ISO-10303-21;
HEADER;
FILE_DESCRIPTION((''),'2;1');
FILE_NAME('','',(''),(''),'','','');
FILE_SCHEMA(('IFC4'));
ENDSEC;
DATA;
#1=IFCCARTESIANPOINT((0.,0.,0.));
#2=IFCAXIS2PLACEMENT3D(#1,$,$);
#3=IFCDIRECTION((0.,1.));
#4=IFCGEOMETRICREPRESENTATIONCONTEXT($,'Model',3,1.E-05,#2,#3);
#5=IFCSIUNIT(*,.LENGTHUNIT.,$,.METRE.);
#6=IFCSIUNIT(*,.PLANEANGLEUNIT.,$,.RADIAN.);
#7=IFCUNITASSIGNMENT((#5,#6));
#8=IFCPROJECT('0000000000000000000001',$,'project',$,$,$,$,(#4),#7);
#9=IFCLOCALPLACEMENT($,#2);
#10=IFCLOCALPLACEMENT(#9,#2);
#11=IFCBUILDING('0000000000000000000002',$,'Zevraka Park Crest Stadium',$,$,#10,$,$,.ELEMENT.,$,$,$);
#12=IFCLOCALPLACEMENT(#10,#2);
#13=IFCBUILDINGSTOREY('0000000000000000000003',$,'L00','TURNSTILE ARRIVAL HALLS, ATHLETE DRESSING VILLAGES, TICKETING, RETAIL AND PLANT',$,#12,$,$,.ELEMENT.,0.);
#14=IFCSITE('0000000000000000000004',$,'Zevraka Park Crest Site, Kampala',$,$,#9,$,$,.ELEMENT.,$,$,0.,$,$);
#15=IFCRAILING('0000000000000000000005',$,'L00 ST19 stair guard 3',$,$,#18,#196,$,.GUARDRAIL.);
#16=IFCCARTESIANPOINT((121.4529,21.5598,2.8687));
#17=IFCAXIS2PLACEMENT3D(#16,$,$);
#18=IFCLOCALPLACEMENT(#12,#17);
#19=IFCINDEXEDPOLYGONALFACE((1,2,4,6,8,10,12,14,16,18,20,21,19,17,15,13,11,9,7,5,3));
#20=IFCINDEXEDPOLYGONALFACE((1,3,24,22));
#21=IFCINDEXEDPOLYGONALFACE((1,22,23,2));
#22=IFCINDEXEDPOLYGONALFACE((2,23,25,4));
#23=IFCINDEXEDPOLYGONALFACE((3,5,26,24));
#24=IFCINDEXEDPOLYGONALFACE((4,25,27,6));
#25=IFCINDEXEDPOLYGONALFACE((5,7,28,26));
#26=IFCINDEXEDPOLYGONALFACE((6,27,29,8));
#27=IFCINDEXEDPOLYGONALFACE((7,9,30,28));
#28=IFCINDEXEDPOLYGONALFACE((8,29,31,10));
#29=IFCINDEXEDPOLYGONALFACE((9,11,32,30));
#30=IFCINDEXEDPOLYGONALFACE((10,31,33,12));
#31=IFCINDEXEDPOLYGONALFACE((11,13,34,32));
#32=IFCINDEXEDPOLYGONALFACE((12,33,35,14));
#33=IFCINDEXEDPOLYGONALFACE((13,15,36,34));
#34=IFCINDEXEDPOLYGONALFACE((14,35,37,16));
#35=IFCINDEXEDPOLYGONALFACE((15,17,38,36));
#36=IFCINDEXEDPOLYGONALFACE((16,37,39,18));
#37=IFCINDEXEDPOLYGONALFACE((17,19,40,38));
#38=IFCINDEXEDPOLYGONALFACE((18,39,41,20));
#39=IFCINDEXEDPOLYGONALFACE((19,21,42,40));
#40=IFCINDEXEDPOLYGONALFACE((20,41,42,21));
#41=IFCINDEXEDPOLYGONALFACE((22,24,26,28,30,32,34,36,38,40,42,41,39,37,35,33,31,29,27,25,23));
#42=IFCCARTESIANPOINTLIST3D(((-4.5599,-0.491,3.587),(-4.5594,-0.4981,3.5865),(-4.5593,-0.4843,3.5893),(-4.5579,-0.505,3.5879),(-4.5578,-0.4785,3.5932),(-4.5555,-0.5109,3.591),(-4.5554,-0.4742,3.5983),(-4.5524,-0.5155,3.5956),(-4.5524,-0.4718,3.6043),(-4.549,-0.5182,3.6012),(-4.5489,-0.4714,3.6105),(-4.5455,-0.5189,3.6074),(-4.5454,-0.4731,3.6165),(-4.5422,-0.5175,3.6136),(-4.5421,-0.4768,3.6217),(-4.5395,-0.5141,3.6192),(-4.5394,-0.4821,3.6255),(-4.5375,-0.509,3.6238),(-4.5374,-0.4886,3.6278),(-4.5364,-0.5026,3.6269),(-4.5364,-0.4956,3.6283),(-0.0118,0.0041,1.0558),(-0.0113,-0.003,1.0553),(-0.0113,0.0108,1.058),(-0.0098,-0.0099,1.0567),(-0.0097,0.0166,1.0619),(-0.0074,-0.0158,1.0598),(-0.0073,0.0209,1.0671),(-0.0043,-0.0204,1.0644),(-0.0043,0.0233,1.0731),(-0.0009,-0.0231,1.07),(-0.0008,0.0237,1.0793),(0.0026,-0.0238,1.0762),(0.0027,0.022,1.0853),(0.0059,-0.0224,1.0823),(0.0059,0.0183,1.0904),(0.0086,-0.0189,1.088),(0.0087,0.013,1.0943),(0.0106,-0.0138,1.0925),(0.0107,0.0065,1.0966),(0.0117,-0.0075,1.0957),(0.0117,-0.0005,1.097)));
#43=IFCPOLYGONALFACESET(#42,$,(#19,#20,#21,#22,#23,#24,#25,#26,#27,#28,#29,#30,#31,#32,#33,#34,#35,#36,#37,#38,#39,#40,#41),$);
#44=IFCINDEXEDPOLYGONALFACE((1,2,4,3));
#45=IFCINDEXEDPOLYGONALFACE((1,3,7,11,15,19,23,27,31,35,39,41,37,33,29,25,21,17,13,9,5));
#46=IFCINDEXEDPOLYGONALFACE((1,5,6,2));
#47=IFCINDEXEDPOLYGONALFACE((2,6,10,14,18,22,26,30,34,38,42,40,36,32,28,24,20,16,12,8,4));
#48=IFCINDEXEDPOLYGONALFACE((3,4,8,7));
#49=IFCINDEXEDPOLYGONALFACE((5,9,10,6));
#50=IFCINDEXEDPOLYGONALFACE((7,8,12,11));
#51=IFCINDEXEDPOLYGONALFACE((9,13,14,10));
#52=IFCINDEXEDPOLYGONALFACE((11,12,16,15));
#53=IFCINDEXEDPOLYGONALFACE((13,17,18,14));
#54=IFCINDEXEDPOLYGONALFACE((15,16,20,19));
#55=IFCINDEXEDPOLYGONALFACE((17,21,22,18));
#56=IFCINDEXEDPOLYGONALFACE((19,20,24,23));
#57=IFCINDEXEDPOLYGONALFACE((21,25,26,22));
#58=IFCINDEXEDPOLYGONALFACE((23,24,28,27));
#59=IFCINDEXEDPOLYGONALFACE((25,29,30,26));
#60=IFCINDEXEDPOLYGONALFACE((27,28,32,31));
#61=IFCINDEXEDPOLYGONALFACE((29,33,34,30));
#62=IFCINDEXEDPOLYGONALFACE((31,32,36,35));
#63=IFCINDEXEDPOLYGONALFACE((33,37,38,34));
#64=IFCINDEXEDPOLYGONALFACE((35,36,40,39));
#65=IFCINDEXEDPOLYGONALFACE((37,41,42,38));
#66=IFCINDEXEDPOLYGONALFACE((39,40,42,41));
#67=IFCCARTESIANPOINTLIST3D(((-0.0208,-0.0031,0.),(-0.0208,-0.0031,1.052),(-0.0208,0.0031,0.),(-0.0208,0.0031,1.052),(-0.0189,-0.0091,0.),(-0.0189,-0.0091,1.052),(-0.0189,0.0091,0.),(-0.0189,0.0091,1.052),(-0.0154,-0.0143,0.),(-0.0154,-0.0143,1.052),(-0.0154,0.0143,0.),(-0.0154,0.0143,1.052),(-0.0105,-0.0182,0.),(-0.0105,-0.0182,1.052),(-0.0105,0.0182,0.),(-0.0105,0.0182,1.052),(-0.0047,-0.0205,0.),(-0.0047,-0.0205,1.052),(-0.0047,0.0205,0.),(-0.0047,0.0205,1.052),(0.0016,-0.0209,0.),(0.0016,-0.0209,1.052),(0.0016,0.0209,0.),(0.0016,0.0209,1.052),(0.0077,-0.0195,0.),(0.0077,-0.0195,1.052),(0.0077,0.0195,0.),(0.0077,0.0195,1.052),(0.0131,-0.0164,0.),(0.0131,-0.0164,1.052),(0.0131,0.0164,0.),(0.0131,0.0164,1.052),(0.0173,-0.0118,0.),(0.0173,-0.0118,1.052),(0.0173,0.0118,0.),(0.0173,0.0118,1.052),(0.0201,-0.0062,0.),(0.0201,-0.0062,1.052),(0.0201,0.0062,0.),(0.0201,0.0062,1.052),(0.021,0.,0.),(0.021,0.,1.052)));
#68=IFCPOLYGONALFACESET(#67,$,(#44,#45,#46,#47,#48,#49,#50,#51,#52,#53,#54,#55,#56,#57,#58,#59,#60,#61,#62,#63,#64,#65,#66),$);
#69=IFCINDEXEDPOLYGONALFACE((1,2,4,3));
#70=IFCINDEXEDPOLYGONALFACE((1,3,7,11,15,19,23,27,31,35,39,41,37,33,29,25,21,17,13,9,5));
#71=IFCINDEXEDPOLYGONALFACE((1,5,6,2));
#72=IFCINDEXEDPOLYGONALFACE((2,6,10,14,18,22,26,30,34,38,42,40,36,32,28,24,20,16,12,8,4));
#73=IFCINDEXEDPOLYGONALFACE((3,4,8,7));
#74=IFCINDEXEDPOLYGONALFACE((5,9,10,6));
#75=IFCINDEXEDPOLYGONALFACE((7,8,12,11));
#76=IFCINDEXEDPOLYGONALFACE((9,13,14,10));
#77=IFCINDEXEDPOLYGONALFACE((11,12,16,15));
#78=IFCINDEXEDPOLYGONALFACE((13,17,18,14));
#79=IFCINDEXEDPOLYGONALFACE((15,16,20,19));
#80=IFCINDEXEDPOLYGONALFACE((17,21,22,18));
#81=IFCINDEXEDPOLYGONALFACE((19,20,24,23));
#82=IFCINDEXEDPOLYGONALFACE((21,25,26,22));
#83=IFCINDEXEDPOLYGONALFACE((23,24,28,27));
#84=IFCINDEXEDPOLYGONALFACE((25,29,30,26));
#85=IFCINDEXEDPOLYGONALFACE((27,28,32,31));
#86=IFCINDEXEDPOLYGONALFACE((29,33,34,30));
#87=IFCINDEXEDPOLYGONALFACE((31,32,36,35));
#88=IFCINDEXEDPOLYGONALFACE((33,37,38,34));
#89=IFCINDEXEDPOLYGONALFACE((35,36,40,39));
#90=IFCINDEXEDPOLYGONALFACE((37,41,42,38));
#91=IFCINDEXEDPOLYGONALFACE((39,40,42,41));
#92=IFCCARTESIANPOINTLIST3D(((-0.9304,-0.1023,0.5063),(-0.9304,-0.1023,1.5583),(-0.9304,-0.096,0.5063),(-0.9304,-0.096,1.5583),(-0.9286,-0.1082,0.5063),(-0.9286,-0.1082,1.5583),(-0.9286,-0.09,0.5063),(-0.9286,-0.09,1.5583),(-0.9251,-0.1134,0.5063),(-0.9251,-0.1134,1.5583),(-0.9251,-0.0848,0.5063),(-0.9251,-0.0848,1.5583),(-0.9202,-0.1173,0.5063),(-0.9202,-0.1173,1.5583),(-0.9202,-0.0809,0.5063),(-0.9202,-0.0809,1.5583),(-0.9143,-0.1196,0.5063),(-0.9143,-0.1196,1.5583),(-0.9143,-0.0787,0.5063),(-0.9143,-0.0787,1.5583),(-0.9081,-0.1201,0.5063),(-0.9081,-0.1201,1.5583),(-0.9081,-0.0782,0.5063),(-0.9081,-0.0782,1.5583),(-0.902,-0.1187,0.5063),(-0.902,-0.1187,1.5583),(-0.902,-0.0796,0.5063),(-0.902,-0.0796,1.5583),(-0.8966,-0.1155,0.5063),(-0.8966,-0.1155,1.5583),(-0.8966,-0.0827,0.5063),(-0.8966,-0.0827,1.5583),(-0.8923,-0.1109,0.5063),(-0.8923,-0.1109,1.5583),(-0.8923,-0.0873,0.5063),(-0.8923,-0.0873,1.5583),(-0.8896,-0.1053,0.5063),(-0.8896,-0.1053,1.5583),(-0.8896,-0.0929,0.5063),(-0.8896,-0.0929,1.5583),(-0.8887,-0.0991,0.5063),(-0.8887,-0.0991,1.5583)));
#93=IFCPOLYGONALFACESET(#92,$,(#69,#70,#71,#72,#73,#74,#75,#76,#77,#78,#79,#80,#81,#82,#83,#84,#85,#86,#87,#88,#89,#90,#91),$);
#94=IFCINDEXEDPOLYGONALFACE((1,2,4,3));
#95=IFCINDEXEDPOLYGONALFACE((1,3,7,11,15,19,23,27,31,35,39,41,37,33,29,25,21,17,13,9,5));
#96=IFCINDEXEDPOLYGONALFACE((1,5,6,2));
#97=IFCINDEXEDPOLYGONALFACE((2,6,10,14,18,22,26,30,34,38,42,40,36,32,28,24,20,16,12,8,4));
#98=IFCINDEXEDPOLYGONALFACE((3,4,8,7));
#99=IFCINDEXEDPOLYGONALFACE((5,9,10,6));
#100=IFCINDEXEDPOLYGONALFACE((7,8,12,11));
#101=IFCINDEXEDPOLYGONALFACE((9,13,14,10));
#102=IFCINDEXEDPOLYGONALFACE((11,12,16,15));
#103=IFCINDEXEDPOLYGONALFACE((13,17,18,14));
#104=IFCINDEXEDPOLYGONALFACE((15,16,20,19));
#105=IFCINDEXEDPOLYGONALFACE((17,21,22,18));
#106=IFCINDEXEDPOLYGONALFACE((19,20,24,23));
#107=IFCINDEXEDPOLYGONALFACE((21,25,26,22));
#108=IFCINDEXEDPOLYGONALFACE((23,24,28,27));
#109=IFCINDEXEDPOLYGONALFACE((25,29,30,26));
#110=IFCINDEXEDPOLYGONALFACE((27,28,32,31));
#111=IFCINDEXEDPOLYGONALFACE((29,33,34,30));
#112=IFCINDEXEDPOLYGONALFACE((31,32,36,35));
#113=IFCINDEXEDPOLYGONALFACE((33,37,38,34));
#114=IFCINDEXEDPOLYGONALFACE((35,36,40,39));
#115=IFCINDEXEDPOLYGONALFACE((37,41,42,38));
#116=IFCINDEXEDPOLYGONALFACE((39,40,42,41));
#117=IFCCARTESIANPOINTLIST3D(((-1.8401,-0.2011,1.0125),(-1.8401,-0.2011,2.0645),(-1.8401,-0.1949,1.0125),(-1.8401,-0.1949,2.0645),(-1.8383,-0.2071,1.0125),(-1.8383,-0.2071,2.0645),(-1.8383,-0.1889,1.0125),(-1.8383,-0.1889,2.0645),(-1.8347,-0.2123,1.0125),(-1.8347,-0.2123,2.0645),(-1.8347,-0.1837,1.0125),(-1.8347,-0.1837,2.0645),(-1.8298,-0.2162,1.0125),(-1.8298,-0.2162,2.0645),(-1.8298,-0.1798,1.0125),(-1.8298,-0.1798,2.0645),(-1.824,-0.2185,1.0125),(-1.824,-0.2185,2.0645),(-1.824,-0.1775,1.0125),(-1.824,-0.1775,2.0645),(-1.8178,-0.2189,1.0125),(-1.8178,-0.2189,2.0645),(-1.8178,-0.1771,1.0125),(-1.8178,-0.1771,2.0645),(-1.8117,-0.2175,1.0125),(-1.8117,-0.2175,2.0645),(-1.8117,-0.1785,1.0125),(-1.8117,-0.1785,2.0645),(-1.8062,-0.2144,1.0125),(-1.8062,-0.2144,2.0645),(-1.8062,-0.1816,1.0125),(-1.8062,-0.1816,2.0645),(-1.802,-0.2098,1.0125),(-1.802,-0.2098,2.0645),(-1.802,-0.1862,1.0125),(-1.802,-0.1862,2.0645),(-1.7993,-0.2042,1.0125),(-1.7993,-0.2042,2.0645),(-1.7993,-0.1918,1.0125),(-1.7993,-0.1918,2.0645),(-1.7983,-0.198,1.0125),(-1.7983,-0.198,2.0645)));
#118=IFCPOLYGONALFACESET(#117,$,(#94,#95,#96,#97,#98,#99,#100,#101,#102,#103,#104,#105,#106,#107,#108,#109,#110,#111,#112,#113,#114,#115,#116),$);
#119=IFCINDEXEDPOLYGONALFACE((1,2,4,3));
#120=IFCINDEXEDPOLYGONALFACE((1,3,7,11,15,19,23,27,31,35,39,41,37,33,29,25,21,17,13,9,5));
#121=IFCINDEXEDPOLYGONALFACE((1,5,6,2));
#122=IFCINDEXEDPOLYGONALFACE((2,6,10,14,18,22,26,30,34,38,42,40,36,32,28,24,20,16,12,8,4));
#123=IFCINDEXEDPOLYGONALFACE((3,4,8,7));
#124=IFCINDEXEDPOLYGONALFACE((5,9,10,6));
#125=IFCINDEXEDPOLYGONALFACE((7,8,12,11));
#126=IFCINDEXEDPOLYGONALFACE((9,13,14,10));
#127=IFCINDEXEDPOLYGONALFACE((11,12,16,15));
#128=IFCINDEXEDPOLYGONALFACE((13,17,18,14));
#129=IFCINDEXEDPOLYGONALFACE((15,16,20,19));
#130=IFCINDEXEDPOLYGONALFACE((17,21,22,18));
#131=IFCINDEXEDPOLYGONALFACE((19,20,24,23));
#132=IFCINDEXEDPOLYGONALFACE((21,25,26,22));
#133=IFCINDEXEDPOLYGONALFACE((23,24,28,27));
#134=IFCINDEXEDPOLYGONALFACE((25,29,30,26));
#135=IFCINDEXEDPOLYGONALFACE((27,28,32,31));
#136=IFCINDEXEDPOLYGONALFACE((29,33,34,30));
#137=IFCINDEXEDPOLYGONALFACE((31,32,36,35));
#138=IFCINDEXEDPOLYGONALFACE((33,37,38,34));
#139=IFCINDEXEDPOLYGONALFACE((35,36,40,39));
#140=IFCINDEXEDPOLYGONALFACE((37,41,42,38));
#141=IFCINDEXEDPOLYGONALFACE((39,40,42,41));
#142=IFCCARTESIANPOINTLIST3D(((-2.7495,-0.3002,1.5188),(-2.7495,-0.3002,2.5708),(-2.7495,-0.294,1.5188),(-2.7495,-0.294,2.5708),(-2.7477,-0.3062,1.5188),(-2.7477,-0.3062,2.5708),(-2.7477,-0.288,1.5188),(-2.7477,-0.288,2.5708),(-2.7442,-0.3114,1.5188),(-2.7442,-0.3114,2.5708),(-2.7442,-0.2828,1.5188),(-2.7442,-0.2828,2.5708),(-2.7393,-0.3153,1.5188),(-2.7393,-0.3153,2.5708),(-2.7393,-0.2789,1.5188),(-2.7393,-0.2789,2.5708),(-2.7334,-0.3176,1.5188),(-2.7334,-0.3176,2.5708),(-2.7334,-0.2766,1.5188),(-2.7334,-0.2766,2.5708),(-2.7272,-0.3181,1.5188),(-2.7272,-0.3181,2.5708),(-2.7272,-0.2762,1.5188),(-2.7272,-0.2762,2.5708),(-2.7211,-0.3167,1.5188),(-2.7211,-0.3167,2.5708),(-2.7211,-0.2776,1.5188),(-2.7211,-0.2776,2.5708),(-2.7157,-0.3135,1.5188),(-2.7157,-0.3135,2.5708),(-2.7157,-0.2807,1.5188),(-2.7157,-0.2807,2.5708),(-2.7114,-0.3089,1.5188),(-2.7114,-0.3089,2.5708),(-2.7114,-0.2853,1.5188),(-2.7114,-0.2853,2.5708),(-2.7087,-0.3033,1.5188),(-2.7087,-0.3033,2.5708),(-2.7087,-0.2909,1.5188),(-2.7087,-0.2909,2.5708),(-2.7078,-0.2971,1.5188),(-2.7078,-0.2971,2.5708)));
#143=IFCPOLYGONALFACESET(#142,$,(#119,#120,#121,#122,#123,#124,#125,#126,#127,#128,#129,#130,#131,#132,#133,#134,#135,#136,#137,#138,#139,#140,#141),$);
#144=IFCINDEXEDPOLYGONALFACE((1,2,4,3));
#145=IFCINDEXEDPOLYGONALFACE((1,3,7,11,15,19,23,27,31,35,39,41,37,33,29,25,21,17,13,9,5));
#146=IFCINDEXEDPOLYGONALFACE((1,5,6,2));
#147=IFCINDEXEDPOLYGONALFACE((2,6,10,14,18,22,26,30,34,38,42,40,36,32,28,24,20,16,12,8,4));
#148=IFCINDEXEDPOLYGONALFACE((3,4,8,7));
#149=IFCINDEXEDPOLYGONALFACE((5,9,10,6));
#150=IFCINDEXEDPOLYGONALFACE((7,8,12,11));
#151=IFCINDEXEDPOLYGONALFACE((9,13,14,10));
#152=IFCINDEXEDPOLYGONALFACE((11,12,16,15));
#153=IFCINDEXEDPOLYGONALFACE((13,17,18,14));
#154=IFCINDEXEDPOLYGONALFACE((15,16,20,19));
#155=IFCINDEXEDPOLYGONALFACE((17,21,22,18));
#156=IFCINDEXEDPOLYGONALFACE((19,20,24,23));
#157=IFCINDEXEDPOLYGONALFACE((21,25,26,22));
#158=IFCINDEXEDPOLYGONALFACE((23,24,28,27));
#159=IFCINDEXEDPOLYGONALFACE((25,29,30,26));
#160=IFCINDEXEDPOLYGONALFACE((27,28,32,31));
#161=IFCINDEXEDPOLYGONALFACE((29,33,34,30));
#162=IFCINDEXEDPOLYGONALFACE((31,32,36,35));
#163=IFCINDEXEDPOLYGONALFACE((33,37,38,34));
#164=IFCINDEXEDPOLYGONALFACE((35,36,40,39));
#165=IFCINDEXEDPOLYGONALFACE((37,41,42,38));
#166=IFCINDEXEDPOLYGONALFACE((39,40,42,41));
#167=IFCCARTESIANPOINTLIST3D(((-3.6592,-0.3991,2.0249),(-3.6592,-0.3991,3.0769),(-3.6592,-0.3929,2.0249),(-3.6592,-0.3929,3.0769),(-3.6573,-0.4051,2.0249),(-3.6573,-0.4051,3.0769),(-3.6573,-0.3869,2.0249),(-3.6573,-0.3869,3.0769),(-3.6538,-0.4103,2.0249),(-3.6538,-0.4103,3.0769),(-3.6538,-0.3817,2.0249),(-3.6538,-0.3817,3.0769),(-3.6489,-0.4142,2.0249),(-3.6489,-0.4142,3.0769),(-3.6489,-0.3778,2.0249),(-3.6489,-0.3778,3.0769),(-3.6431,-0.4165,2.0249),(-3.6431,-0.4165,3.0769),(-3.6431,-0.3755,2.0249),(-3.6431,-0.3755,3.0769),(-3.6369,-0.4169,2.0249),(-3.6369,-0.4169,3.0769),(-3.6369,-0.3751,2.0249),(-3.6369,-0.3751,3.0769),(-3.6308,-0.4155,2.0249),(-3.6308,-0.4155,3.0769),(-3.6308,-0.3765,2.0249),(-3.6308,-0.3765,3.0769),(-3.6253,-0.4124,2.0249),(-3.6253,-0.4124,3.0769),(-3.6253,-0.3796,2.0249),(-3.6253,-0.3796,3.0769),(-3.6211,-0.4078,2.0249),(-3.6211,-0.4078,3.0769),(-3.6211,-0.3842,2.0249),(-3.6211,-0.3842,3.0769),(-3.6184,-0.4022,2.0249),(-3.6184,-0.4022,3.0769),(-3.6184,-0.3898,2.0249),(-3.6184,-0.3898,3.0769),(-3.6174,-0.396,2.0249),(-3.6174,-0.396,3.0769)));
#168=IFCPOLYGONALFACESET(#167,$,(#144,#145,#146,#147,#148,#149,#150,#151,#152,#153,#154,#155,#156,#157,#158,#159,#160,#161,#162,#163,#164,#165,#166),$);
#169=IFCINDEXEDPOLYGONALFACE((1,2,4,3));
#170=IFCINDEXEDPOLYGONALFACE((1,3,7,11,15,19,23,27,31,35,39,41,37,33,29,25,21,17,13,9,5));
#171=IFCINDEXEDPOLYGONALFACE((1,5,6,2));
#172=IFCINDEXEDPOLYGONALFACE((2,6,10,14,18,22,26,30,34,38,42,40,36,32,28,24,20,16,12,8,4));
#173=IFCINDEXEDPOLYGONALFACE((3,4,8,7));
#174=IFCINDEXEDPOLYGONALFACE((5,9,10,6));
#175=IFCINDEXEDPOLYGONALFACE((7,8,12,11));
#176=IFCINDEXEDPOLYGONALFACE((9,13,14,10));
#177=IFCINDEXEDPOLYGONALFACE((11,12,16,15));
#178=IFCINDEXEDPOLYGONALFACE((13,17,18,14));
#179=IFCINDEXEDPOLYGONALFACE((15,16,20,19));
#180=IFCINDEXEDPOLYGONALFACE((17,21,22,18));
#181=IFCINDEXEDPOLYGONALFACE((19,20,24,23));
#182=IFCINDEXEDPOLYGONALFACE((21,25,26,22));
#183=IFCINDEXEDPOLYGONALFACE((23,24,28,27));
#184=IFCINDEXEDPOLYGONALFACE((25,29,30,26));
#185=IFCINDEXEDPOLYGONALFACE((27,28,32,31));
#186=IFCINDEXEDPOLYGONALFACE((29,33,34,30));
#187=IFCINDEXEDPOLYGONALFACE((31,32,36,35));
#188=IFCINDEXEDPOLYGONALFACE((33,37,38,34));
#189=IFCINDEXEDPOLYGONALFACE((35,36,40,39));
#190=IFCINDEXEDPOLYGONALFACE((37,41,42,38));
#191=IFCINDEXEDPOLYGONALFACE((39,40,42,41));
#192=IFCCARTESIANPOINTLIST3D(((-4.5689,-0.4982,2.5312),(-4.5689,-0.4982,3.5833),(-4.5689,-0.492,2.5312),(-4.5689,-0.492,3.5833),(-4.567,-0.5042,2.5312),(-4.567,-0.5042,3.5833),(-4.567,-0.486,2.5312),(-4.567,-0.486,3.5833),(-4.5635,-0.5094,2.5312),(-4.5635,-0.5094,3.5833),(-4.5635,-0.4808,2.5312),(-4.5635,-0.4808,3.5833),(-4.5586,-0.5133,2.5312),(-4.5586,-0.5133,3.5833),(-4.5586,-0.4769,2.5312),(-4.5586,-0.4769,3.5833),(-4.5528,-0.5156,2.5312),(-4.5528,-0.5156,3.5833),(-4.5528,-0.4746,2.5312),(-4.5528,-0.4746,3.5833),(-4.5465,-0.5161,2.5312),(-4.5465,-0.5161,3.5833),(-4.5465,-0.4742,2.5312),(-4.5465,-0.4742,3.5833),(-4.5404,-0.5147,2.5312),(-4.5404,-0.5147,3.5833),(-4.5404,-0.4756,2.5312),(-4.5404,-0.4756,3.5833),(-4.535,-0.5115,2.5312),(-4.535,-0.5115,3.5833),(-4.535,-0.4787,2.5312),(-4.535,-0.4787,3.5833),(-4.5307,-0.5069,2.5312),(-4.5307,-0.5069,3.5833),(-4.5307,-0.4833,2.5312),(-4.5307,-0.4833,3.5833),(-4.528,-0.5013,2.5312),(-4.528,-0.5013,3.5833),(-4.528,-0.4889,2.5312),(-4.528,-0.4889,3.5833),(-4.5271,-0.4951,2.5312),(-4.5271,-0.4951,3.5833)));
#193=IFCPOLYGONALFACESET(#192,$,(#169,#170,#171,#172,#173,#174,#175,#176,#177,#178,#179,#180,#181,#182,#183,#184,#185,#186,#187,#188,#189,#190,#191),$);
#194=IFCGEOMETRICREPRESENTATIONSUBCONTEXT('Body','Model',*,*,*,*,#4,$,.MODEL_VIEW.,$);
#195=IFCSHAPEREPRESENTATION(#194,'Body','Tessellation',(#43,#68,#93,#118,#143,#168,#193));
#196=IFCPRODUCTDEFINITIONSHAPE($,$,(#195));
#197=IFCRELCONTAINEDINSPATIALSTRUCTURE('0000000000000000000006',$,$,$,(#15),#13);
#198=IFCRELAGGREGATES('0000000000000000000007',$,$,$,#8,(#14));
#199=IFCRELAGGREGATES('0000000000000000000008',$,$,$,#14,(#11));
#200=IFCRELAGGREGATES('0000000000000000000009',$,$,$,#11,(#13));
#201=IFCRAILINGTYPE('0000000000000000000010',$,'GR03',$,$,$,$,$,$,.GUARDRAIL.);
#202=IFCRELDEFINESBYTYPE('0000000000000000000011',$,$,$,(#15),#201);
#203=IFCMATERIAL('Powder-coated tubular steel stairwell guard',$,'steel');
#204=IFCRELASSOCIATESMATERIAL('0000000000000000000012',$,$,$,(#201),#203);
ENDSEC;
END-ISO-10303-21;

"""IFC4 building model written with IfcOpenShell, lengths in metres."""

from ifc_helpers import new_model, si_unit, direction, frame, origin, origin_2d, place, context, subcontext, project, spatial, circle, extrude, material, type_object, element, save


model = new_model("IFC4")

# Units and contexts
model_context = context("Model", 3, precision=1e-05, world=origin(), true_north=direction((0.0, 1.0)))
body_context = subcontext(model_context, "Body", "Model", "MODEL_VIEW")
ifc_project = project(units=[si_unit("LENGTHUNIT", "METRE"), si_unit("PLANEANGLEUNIT", "RADIAN")], contexts=[model_context])

# Site, building, storey
site_placement = place(None, origin())
site = spatial("IfcSite", under=ifc_project, at=site_placement, Name="Zevraka Park Crest Site, Kampala", CompositionType="ELEMENT", RefElevation=0.0)
building_placement = place(site_placement, origin())
building = spatial("IfcBuilding", under=site, at=building_placement, Name="Zevraka Park Crest Stadium", CompositionType="ELEMENT")
storey_placement = place(building_placement, origin())
storey = spatial("IfcBuildingStorey", under=building, at=storey_placement, Name="L00", Description="TURNSTILE ARRIVAL HALLS, ATHLETE DRESSING VILLAGES, TICKETING, RETAIL AND PLANT", CompositionType="ELEMENT", Elevation=0.0)

# Railing
ifc_material_1 = material(Name="Powder-coated tubular steel stairwell guard", Category="steel")
railing_type_1 = type_object("IfcRailingType", Name="GR03", PredefinedType="GUARDRAIL", material=ifc_material_1)
railing_1_placement = place(storey_placement, frame((121.4529, 21.5598, 2.8687)))
element("IfcRailing", 1, at=railing_1_placement, inside=storey, type_object=railing_type_1, Name="L00 ST19 stair guard 3", PredefinedType="GUARDRAIL", context=body_context, shape_type="SweptSolid", body=[
    extrude(circle(Radius=0.0239, at=origin_2d()), frame((0.0, 0.0, 1.0762), z_axis=(-0.869861, -0.094695, 0.484123), x_axis=(0.108223, -0.994127, 0.0)), (0.0, 0.0, 1.0), 5.2285),
    extrude(circle(Radius=0.021, at=origin_2d()), origin(), (0.0, 0.0, 1.0), 1.052),
    extrude(circle(Radius=0.021, at=origin_2d()), frame((-0.9097, -0.0991, 0.5063)), (0.0, 0.0, 1.0), 1.052),
    extrude(circle(Radius=0.021, at=origin_2d()), frame((-1.8193, -0.198, 1.0125)), (0.0, 0.0, 1.0), 1.052),
    extrude(circle(Radius=0.021, at=origin_2d()), frame((-2.7288, -0.2971, 1.5188)), (0.0, 0.0, 1.0), 1.052),
    extrude(circle(Radius=0.021, at=origin_2d()), frame((-3.6384, -0.396, 2.0249)), (0.0, 0.0, 1.0), 1.052),
    extrude(circle(Radius=0.021, at=origin_2d()), frame((-4.5481, -0.4951, 2.5312)), (0.0, 0.0, 1.0), 1.052),
])

save(model, "model.ifc")
